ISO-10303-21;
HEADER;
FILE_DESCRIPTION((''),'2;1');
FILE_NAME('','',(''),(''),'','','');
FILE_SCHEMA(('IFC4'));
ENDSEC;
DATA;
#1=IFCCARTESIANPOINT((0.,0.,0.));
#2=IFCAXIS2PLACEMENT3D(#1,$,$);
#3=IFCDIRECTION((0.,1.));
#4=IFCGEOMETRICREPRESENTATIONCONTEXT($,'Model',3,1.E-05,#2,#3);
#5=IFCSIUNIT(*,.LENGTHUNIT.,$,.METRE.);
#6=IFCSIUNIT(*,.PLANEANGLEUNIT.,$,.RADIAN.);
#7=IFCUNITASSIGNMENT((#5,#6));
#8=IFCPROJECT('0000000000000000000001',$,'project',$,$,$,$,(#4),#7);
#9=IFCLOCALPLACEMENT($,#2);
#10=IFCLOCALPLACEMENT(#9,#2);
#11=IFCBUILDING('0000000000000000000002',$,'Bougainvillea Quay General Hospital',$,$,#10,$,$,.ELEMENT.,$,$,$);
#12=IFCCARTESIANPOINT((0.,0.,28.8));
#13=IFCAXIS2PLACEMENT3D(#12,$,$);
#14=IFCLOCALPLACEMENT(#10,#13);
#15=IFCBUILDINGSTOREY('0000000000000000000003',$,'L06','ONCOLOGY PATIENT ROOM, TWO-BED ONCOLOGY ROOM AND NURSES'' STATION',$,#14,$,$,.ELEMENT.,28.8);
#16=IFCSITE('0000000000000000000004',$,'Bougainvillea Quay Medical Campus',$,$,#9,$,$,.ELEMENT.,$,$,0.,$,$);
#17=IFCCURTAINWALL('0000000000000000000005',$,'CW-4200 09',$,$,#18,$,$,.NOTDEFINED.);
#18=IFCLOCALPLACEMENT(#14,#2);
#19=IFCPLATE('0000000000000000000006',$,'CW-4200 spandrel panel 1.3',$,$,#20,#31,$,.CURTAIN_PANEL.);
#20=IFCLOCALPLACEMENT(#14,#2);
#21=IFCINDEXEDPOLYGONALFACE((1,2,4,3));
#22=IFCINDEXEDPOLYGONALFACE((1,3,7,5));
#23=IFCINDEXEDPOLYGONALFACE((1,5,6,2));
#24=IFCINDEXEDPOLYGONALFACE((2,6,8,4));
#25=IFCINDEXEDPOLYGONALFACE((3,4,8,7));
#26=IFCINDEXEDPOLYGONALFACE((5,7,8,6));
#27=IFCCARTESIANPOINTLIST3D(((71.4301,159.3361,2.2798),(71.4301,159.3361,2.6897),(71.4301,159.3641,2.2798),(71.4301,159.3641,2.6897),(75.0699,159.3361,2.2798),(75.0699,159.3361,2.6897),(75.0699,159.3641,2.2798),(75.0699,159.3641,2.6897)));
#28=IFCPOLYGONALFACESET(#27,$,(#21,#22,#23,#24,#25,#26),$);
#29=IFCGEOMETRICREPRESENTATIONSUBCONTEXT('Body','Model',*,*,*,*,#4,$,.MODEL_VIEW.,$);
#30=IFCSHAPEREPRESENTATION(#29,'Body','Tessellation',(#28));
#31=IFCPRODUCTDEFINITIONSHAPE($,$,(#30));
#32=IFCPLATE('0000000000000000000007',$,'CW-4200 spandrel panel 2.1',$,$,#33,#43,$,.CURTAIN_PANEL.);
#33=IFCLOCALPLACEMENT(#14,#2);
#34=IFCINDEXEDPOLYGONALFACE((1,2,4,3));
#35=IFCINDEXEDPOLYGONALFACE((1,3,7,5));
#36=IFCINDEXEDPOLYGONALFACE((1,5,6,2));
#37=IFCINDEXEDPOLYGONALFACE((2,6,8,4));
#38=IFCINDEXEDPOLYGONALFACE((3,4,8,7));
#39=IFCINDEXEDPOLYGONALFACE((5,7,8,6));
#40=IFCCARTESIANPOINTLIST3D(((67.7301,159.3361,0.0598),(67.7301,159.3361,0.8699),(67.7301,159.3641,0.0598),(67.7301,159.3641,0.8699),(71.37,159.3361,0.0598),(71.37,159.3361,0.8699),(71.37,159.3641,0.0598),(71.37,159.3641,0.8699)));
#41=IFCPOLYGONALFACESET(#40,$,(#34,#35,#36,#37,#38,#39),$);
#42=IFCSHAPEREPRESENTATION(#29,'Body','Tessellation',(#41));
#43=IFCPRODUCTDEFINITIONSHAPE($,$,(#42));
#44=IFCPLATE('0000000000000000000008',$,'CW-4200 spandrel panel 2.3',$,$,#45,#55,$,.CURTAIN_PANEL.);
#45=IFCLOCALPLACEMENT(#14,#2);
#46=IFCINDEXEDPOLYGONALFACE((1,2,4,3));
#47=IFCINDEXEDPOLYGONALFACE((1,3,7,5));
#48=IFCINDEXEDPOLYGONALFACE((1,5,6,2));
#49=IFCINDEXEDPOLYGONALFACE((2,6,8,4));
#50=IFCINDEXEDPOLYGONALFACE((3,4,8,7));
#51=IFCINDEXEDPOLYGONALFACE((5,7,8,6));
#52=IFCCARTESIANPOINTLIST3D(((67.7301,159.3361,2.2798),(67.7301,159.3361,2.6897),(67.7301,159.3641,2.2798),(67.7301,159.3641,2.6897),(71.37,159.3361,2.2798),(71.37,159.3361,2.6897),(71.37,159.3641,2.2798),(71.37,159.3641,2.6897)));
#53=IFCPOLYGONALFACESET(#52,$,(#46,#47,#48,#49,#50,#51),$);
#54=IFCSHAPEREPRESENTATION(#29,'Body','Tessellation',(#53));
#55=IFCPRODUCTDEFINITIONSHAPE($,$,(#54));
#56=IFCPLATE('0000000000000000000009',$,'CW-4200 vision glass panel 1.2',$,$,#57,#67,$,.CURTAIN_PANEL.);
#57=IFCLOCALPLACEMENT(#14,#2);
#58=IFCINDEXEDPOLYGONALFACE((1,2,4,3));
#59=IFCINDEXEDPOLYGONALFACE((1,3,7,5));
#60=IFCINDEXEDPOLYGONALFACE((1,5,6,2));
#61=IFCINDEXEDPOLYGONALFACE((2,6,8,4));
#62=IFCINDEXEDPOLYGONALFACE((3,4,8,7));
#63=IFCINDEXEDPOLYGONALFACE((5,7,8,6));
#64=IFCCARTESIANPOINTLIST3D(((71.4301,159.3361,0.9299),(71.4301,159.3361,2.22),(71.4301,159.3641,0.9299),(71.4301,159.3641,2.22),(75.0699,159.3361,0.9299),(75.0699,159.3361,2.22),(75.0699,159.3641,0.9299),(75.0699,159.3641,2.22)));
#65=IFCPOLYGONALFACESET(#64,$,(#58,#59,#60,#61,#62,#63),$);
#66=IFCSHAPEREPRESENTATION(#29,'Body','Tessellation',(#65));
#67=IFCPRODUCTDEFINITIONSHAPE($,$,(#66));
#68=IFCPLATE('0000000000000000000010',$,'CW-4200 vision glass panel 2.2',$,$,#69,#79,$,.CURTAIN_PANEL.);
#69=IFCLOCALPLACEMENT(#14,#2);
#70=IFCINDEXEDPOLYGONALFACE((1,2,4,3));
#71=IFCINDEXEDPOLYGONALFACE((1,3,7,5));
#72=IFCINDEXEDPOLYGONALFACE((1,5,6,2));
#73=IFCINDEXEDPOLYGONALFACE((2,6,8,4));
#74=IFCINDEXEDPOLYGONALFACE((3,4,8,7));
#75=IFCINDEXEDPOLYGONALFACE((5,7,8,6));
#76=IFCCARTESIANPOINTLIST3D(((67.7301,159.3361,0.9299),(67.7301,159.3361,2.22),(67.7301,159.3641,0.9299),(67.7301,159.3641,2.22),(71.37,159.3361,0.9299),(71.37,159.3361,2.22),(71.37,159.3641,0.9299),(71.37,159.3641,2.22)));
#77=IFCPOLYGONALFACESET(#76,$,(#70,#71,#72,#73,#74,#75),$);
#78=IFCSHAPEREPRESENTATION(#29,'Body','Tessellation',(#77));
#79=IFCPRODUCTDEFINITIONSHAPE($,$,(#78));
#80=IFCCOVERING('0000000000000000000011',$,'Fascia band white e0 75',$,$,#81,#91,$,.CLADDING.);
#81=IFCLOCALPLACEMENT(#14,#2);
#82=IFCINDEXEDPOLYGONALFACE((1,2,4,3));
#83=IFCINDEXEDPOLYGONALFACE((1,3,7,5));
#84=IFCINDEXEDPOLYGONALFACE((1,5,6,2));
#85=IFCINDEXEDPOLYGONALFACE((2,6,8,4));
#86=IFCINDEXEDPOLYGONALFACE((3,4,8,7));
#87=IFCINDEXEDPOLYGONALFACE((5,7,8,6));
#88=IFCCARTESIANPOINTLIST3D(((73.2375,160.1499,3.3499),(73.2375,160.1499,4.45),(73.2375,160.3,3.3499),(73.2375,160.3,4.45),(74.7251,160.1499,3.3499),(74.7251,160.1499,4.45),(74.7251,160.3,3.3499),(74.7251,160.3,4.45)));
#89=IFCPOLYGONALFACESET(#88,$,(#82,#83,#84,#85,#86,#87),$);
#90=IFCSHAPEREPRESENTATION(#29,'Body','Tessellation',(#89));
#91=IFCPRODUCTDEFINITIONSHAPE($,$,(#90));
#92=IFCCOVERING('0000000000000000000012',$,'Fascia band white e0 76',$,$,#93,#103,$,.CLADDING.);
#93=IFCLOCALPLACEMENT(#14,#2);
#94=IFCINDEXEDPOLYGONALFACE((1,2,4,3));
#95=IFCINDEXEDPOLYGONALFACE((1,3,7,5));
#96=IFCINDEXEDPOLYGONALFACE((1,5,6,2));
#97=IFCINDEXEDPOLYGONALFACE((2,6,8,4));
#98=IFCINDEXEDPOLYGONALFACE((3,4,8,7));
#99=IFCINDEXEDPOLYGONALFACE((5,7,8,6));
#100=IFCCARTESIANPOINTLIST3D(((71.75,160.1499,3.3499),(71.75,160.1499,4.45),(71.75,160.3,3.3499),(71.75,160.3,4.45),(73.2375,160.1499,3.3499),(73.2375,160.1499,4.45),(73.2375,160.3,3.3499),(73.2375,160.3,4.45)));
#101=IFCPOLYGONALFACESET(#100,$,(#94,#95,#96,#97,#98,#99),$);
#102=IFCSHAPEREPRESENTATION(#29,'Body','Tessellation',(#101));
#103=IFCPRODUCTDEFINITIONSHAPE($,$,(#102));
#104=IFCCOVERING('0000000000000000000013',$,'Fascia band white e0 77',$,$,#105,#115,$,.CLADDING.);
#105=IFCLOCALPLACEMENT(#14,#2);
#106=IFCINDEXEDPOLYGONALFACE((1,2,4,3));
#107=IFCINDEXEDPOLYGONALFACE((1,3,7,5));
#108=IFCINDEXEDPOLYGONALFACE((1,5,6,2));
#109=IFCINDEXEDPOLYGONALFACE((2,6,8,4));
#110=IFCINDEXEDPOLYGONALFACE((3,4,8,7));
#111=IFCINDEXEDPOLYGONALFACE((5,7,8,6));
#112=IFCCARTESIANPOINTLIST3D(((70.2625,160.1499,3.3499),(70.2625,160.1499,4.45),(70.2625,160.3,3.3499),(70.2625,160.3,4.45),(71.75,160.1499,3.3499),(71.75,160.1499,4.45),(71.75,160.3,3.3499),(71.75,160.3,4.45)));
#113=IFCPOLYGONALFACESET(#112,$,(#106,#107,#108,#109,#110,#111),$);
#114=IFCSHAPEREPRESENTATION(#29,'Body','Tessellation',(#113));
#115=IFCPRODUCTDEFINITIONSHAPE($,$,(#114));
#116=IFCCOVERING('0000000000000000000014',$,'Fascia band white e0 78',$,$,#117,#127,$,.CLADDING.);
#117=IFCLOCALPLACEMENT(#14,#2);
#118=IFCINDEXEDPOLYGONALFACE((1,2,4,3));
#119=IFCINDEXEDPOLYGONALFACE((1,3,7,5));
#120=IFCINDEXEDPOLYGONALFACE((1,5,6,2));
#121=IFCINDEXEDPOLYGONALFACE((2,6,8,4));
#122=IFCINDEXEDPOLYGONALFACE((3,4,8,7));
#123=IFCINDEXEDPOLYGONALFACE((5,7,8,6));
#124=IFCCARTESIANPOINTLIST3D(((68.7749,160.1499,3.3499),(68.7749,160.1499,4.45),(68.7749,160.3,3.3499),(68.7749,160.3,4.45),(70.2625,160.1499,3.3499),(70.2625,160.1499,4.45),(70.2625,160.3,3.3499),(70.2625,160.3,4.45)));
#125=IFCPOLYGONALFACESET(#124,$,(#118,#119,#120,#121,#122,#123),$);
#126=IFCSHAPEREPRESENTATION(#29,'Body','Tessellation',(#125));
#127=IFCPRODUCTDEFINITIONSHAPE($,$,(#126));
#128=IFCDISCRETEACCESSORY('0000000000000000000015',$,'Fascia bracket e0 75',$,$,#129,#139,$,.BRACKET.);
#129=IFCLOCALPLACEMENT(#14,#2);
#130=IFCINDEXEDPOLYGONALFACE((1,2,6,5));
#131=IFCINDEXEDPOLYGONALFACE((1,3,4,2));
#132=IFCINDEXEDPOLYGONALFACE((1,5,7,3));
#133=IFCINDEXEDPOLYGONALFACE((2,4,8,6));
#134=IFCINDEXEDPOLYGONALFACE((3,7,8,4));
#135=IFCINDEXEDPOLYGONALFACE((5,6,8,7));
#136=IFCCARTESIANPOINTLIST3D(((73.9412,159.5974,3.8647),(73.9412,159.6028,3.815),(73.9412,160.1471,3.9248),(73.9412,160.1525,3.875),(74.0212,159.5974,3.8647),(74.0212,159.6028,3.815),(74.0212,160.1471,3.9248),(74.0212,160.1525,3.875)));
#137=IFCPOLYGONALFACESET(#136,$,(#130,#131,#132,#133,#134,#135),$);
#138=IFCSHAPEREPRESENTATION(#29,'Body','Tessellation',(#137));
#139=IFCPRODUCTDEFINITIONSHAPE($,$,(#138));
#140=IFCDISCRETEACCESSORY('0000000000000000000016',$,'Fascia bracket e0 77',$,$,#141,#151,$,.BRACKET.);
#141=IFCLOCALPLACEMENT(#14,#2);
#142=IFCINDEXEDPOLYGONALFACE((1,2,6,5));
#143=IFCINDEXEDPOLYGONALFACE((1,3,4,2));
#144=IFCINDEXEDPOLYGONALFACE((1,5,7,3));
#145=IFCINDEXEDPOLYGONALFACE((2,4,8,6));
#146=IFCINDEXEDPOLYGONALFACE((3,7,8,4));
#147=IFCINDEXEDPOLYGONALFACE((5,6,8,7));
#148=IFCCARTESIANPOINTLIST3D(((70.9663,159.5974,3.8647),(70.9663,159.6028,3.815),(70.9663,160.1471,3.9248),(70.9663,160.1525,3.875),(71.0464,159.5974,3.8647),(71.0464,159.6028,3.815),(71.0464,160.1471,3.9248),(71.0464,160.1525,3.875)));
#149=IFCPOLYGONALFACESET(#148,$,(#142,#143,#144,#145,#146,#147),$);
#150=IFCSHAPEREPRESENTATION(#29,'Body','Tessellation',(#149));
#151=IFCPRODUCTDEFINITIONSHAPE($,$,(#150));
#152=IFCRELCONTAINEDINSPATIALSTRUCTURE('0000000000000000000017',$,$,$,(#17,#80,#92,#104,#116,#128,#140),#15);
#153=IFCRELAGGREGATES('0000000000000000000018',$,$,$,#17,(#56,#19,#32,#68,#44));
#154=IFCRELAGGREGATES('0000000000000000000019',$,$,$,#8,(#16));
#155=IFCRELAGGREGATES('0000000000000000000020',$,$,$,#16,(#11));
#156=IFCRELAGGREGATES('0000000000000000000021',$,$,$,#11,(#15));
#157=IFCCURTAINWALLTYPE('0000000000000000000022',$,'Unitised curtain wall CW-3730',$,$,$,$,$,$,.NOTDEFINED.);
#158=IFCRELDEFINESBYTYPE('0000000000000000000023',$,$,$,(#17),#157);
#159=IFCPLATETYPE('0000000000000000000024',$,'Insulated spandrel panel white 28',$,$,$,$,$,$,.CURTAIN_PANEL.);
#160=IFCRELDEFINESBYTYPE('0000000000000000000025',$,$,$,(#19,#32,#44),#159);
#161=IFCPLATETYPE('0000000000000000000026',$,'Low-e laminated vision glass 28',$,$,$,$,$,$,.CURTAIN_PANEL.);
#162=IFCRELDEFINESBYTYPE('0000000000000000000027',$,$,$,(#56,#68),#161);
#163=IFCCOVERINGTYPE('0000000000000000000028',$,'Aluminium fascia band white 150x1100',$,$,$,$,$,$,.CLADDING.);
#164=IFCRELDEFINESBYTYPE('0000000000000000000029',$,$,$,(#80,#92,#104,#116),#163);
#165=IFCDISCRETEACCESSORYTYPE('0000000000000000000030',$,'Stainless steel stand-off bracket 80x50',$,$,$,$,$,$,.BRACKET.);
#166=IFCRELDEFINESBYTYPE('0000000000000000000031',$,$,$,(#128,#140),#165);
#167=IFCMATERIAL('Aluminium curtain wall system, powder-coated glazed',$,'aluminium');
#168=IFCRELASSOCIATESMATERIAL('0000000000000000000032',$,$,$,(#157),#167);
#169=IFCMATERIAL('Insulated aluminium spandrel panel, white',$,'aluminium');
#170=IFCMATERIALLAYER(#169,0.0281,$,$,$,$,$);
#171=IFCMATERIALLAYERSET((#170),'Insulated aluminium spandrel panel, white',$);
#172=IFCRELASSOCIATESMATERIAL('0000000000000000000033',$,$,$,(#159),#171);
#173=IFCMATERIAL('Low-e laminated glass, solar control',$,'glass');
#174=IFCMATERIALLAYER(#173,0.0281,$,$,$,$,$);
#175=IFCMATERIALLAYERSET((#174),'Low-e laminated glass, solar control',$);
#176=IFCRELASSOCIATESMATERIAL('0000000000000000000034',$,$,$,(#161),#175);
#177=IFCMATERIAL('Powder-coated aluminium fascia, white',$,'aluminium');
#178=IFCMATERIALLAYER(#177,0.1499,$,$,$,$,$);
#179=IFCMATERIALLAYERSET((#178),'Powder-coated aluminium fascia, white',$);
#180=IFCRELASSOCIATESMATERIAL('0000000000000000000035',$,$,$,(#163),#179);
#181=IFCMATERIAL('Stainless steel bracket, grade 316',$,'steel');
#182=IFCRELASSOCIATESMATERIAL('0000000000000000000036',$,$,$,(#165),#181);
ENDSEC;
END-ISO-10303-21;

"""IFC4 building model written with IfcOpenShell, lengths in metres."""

from ifc_helpers import new_model, si_unit, direction, frame, origin, origin_2d, place, context, subcontext, project, spatial, polyline, rectangle, outline, extrude, material, layer, layer_set, material_profile, profile_set, type_object, element, aggregate, save


model = new_model("IFC4")

# Units and contexts
model_context = context("Model", 3, precision=1e-05, world=origin(), true_north=direction((0.0, 1.0)))
body_context = subcontext(model_context, "Body", "Model", "MODEL_VIEW")
ifc_project = project(units=[si_unit("LENGTHUNIT", "METRE"), si_unit("PLANEANGLEUNIT", "RADIAN")], contexts=[model_context])

# Site, building, storey
site_placement = place(None, origin())
site = spatial("IfcSite", under=ifc_project, at=site_placement, Name="Bougainvillea Quay Medical Campus", CompositionType="ELEMENT", RefElevation=0.0)
building_placement = place(site_placement, origin())
building = spatial("IfcBuilding", under=site, at=building_placement, Name="Bougainvillea Quay General Hospital", CompositionType="ELEMENT")
storey_placement = place(building_placement, frame((0.0, 0.0, 28.8)))
storey = spatial("IfcBuildingStorey", under=building, at=storey_placement, Name="L06", Description="ONCOLOGY PATIENT ROOM, TWO-BED ONCOLOGY ROOM AND NURSES' STATION", CompositionType="ELEMENT", Elevation=28.8)

# Shared definitions
ifc_material_1 = material(Name="Aluminium curtain wall system, powder-coated glazed", Category="aluminium")
curtain_wall_type = type_object("IfcCurtainWallType", Name="Unitised curtain wall CW-3730", PredefinedType="NOTDEFINED", material=ifc_material_1)

# Curtain wall
curtain_wall_1_placement = place(storey_placement, origin())
curtain_wall_1 = element("IfcCurtainWall", 1, at=curtain_wall_1_placement, inside=storey, type_object=curtain_wall_type, Name="CW-4200 09", PredefinedType="NOTDEFINED")

# Plates
ifc_material_2 = material(Name="Insulated aluminium spandrel panel, white", Category="aluminium")
ifc_layer_1 = layer(ifc_material_2, 0.0281)
ifc_layer_set_1 = layer_set([ifc_layer_1], Name="Insulated aluminium spandrel panel, white")
plate_type_1 = type_object("IfcPlateType", Name="Insulated spandrel panel white 28", PredefinedType="CURTAIN_PANEL", material=ifc_layer_set_1)
plate_1_placement = place(storey_placement, frame((73.25, 159.3501, 2.2798), z_axis=(0.0, 0.0, 1.0), x_axis=(-1.0, 0.0, 0.0)))
plate_1 = element("IfcPlate", 2, at=plate_1_placement, type_object=plate_type_1, Name="CW-4200 spandrel panel 1.3", PredefinedType="CURTAIN_PANEL", context=body_context, shape_type="SweptSolid", body=[
    extrude(rectangle(XDim=3.6399, YDim=0.0281, at=origin_2d()), origin(), (0.0, 0.0, 1.0), 0.4099),
])
plate_2_placement = place(storey_placement, frame((69.55, 159.3501, 0.0598), z_axis=(0.0, 0.0, 1.0), x_axis=(-1.0, 0.0, 0.0)))
plate_2 = element("IfcPlate", 3, at=plate_2_placement, type_object=plate_type_1, Name="CW-4200 spandrel panel 2.1", PredefinedType="CURTAIN_PANEL", context=body_context, shape_type="SweptSolid", body=[
    extrude(rectangle(XDim=3.6399, YDim=0.0281, at=origin_2d()), origin(), (0.0, 0.0, 1.0), 0.8101),
])
plate_3_placement = place(storey_placement, frame((69.55, 159.3501, 2.2798), z_axis=(0.0, 0.0, 1.0), x_axis=(-1.0, 0.0, 0.0)))
plate_3 = element("IfcPlate", 4, at=plate_3_placement, type_object=plate_type_1, Name="CW-4200 spandrel panel 2.3", PredefinedType="CURTAIN_PANEL", context=body_context, shape_type="SweptSolid", body=[
    extrude(rectangle(XDim=3.6399, YDim=0.0281, at=origin_2d()), origin(), (0.0, 0.0, 1.0), 0.4099),
])
ifc_material_3 = material(Name="Low-e laminated glass, solar control", Category="glass")
ifc_layer_2 = layer(ifc_material_3, 0.0281)
ifc_layer_set_2 = layer_set([ifc_layer_2], Name="Low-e laminated glass, solar control")
plate_type_2 = type_object("IfcPlateType", Name="Low-e laminated vision glass 28", PredefinedType="CURTAIN_PANEL", material=ifc_layer_set_2)
plate_4_placement = place(storey_placement, frame((73.25, 159.3501, 0.9299), z_axis=(0.0, 0.0, 1.0), x_axis=(-1.0, 0.0, 0.0)))
plate_4 = element("IfcPlate", 5, at=plate_4_placement, type_object=plate_type_2, Name="CW-4200 vision glass panel 1.2", PredefinedType="CURTAIN_PANEL", context=body_context, shape_type="SweptSolid", body=[
    extrude(rectangle(XDim=3.6399, YDim=0.0281, at=origin_2d()), origin(), (0.0, 0.0, 1.0), 1.29),
])
plate_5_placement = place(storey_placement, frame((69.55, 159.3501, 0.9299), z_axis=(0.0, 0.0, 1.0), x_axis=(-1.0, 0.0, 0.0)))
plate_5 = element("IfcPlate", 6, at=plate_5_placement, type_object=plate_type_2, Name="CW-4200 vision glass panel 2.2", PredefinedType="CURTAIN_PANEL", context=body_context, shape_type="SweptSolid", body=[
    extrude(rectangle(XDim=3.6399, YDim=0.0281, at=origin_2d()), origin(), (0.0, 0.0, 1.0), 1.29),
])
aggregate(curtain_wall_1, [plate_4, plate_1, plate_2, plate_5, plate_3])

# Coverings
ifc_material_4 = material(Name="Powder-coated aluminium fascia, white", Category="aluminium")
ifc_layer_3 = layer(ifc_material_4, 0.1499)
ifc_layer_set_3 = layer_set([ifc_layer_3], Name="Powder-coated aluminium fascia, white")
covering_type = type_object("IfcCoveringType", Name="Aluminium fascia band white 150x1100", PredefinedType="CLADDING", material=ifc_layer_set_3)
for number, where, z_axis, x_axis, name in (
    (7, (74.7251, 160.1499, 3.3499), (0.0, 0.0, 1.0), (-1.0, 0.0, 0.0), "Fascia band white e0 75"),
    (8, (73.2375, 160.1499, 3.3499), (0.0, 0.0, 1.0), (-1.0, 0.0, 0.0), "Fascia band white e0 76"),
    (9, (71.75, 160.1499, 3.3499), (0.0, 0.0, 1.0), (-1.0, 0.0, 0.0), "Fascia band white e0 77"),
    (10, (70.2625, 160.1499, 3.3499), (0.0, 0.0, 1.0), (-1.0, 0.0, 0.0), "Fascia band white e0 78"),
):
    element("IfcCovering", number, at=place(storey_placement, frame(where, z_axis=z_axis, x_axis=x_axis)), inside=storey, type_object=covering_type, Name=name, PredefinedType="CLADDING", context=body_context, shape_type="SweptSolid", body=[
        extrude(outline(polyline([(0.0, 0.0), (1.4875, 0.0), (1.4875, -0.1501), (0.0, -0.1501), (0.0, 0.0)])), origin(), (0.0, 0.0, 1.0), 1.1001),
    ])

# Discrete accessories
ifc_material_5 = material(Name="Stainless steel bracket, grade 316", Category="steel")
ifc_material_profile_1 = material_profile(ifc_material_5, rectangle(XDim=0.0801, YDim=0.05, at=origin_2d()))
ifc_profile_set_1 = profile_set([ifc_material_profile_1], Name="Stainless steel bracket, grade 316")
discrete_accessory_type = type_object("IfcDiscreteAccessoryType", Name="Stainless steel stand-off bracket 80x50", PredefinedType="BRACKET", material=ifc_profile_set_1)
for number, where, z_axis, x_axis, name in (
    (11, (73.9812, 159.6001, 3.8398), (0.0, 0.994087, 0.10859), (-1.0, 0.0, 0.0), "Fascia bracket e0 75"),
    (12, (71.0063, 159.6001, 3.8398), (0.0, 0.994087, 0.10859), (-1.0, 0.0, 0.0), "Fascia bracket e0 77"),
):
    element("IfcDiscreteAccessory", number, at=place(storey_placement, frame(where, z_axis=z_axis, x_axis=x_axis)), inside=storey, type_object=discrete_accessory_type, Name=name, PredefinedType="BRACKET", context=body_context, shape_type="SweptSolid", body=[
        extrude(rectangle(XDim=0.0801, YDim=0.05, at=origin_2d()), origin(), (0.0, 0.0, 1.0), 0.553),
    ])

save(model, "model.ifc")
